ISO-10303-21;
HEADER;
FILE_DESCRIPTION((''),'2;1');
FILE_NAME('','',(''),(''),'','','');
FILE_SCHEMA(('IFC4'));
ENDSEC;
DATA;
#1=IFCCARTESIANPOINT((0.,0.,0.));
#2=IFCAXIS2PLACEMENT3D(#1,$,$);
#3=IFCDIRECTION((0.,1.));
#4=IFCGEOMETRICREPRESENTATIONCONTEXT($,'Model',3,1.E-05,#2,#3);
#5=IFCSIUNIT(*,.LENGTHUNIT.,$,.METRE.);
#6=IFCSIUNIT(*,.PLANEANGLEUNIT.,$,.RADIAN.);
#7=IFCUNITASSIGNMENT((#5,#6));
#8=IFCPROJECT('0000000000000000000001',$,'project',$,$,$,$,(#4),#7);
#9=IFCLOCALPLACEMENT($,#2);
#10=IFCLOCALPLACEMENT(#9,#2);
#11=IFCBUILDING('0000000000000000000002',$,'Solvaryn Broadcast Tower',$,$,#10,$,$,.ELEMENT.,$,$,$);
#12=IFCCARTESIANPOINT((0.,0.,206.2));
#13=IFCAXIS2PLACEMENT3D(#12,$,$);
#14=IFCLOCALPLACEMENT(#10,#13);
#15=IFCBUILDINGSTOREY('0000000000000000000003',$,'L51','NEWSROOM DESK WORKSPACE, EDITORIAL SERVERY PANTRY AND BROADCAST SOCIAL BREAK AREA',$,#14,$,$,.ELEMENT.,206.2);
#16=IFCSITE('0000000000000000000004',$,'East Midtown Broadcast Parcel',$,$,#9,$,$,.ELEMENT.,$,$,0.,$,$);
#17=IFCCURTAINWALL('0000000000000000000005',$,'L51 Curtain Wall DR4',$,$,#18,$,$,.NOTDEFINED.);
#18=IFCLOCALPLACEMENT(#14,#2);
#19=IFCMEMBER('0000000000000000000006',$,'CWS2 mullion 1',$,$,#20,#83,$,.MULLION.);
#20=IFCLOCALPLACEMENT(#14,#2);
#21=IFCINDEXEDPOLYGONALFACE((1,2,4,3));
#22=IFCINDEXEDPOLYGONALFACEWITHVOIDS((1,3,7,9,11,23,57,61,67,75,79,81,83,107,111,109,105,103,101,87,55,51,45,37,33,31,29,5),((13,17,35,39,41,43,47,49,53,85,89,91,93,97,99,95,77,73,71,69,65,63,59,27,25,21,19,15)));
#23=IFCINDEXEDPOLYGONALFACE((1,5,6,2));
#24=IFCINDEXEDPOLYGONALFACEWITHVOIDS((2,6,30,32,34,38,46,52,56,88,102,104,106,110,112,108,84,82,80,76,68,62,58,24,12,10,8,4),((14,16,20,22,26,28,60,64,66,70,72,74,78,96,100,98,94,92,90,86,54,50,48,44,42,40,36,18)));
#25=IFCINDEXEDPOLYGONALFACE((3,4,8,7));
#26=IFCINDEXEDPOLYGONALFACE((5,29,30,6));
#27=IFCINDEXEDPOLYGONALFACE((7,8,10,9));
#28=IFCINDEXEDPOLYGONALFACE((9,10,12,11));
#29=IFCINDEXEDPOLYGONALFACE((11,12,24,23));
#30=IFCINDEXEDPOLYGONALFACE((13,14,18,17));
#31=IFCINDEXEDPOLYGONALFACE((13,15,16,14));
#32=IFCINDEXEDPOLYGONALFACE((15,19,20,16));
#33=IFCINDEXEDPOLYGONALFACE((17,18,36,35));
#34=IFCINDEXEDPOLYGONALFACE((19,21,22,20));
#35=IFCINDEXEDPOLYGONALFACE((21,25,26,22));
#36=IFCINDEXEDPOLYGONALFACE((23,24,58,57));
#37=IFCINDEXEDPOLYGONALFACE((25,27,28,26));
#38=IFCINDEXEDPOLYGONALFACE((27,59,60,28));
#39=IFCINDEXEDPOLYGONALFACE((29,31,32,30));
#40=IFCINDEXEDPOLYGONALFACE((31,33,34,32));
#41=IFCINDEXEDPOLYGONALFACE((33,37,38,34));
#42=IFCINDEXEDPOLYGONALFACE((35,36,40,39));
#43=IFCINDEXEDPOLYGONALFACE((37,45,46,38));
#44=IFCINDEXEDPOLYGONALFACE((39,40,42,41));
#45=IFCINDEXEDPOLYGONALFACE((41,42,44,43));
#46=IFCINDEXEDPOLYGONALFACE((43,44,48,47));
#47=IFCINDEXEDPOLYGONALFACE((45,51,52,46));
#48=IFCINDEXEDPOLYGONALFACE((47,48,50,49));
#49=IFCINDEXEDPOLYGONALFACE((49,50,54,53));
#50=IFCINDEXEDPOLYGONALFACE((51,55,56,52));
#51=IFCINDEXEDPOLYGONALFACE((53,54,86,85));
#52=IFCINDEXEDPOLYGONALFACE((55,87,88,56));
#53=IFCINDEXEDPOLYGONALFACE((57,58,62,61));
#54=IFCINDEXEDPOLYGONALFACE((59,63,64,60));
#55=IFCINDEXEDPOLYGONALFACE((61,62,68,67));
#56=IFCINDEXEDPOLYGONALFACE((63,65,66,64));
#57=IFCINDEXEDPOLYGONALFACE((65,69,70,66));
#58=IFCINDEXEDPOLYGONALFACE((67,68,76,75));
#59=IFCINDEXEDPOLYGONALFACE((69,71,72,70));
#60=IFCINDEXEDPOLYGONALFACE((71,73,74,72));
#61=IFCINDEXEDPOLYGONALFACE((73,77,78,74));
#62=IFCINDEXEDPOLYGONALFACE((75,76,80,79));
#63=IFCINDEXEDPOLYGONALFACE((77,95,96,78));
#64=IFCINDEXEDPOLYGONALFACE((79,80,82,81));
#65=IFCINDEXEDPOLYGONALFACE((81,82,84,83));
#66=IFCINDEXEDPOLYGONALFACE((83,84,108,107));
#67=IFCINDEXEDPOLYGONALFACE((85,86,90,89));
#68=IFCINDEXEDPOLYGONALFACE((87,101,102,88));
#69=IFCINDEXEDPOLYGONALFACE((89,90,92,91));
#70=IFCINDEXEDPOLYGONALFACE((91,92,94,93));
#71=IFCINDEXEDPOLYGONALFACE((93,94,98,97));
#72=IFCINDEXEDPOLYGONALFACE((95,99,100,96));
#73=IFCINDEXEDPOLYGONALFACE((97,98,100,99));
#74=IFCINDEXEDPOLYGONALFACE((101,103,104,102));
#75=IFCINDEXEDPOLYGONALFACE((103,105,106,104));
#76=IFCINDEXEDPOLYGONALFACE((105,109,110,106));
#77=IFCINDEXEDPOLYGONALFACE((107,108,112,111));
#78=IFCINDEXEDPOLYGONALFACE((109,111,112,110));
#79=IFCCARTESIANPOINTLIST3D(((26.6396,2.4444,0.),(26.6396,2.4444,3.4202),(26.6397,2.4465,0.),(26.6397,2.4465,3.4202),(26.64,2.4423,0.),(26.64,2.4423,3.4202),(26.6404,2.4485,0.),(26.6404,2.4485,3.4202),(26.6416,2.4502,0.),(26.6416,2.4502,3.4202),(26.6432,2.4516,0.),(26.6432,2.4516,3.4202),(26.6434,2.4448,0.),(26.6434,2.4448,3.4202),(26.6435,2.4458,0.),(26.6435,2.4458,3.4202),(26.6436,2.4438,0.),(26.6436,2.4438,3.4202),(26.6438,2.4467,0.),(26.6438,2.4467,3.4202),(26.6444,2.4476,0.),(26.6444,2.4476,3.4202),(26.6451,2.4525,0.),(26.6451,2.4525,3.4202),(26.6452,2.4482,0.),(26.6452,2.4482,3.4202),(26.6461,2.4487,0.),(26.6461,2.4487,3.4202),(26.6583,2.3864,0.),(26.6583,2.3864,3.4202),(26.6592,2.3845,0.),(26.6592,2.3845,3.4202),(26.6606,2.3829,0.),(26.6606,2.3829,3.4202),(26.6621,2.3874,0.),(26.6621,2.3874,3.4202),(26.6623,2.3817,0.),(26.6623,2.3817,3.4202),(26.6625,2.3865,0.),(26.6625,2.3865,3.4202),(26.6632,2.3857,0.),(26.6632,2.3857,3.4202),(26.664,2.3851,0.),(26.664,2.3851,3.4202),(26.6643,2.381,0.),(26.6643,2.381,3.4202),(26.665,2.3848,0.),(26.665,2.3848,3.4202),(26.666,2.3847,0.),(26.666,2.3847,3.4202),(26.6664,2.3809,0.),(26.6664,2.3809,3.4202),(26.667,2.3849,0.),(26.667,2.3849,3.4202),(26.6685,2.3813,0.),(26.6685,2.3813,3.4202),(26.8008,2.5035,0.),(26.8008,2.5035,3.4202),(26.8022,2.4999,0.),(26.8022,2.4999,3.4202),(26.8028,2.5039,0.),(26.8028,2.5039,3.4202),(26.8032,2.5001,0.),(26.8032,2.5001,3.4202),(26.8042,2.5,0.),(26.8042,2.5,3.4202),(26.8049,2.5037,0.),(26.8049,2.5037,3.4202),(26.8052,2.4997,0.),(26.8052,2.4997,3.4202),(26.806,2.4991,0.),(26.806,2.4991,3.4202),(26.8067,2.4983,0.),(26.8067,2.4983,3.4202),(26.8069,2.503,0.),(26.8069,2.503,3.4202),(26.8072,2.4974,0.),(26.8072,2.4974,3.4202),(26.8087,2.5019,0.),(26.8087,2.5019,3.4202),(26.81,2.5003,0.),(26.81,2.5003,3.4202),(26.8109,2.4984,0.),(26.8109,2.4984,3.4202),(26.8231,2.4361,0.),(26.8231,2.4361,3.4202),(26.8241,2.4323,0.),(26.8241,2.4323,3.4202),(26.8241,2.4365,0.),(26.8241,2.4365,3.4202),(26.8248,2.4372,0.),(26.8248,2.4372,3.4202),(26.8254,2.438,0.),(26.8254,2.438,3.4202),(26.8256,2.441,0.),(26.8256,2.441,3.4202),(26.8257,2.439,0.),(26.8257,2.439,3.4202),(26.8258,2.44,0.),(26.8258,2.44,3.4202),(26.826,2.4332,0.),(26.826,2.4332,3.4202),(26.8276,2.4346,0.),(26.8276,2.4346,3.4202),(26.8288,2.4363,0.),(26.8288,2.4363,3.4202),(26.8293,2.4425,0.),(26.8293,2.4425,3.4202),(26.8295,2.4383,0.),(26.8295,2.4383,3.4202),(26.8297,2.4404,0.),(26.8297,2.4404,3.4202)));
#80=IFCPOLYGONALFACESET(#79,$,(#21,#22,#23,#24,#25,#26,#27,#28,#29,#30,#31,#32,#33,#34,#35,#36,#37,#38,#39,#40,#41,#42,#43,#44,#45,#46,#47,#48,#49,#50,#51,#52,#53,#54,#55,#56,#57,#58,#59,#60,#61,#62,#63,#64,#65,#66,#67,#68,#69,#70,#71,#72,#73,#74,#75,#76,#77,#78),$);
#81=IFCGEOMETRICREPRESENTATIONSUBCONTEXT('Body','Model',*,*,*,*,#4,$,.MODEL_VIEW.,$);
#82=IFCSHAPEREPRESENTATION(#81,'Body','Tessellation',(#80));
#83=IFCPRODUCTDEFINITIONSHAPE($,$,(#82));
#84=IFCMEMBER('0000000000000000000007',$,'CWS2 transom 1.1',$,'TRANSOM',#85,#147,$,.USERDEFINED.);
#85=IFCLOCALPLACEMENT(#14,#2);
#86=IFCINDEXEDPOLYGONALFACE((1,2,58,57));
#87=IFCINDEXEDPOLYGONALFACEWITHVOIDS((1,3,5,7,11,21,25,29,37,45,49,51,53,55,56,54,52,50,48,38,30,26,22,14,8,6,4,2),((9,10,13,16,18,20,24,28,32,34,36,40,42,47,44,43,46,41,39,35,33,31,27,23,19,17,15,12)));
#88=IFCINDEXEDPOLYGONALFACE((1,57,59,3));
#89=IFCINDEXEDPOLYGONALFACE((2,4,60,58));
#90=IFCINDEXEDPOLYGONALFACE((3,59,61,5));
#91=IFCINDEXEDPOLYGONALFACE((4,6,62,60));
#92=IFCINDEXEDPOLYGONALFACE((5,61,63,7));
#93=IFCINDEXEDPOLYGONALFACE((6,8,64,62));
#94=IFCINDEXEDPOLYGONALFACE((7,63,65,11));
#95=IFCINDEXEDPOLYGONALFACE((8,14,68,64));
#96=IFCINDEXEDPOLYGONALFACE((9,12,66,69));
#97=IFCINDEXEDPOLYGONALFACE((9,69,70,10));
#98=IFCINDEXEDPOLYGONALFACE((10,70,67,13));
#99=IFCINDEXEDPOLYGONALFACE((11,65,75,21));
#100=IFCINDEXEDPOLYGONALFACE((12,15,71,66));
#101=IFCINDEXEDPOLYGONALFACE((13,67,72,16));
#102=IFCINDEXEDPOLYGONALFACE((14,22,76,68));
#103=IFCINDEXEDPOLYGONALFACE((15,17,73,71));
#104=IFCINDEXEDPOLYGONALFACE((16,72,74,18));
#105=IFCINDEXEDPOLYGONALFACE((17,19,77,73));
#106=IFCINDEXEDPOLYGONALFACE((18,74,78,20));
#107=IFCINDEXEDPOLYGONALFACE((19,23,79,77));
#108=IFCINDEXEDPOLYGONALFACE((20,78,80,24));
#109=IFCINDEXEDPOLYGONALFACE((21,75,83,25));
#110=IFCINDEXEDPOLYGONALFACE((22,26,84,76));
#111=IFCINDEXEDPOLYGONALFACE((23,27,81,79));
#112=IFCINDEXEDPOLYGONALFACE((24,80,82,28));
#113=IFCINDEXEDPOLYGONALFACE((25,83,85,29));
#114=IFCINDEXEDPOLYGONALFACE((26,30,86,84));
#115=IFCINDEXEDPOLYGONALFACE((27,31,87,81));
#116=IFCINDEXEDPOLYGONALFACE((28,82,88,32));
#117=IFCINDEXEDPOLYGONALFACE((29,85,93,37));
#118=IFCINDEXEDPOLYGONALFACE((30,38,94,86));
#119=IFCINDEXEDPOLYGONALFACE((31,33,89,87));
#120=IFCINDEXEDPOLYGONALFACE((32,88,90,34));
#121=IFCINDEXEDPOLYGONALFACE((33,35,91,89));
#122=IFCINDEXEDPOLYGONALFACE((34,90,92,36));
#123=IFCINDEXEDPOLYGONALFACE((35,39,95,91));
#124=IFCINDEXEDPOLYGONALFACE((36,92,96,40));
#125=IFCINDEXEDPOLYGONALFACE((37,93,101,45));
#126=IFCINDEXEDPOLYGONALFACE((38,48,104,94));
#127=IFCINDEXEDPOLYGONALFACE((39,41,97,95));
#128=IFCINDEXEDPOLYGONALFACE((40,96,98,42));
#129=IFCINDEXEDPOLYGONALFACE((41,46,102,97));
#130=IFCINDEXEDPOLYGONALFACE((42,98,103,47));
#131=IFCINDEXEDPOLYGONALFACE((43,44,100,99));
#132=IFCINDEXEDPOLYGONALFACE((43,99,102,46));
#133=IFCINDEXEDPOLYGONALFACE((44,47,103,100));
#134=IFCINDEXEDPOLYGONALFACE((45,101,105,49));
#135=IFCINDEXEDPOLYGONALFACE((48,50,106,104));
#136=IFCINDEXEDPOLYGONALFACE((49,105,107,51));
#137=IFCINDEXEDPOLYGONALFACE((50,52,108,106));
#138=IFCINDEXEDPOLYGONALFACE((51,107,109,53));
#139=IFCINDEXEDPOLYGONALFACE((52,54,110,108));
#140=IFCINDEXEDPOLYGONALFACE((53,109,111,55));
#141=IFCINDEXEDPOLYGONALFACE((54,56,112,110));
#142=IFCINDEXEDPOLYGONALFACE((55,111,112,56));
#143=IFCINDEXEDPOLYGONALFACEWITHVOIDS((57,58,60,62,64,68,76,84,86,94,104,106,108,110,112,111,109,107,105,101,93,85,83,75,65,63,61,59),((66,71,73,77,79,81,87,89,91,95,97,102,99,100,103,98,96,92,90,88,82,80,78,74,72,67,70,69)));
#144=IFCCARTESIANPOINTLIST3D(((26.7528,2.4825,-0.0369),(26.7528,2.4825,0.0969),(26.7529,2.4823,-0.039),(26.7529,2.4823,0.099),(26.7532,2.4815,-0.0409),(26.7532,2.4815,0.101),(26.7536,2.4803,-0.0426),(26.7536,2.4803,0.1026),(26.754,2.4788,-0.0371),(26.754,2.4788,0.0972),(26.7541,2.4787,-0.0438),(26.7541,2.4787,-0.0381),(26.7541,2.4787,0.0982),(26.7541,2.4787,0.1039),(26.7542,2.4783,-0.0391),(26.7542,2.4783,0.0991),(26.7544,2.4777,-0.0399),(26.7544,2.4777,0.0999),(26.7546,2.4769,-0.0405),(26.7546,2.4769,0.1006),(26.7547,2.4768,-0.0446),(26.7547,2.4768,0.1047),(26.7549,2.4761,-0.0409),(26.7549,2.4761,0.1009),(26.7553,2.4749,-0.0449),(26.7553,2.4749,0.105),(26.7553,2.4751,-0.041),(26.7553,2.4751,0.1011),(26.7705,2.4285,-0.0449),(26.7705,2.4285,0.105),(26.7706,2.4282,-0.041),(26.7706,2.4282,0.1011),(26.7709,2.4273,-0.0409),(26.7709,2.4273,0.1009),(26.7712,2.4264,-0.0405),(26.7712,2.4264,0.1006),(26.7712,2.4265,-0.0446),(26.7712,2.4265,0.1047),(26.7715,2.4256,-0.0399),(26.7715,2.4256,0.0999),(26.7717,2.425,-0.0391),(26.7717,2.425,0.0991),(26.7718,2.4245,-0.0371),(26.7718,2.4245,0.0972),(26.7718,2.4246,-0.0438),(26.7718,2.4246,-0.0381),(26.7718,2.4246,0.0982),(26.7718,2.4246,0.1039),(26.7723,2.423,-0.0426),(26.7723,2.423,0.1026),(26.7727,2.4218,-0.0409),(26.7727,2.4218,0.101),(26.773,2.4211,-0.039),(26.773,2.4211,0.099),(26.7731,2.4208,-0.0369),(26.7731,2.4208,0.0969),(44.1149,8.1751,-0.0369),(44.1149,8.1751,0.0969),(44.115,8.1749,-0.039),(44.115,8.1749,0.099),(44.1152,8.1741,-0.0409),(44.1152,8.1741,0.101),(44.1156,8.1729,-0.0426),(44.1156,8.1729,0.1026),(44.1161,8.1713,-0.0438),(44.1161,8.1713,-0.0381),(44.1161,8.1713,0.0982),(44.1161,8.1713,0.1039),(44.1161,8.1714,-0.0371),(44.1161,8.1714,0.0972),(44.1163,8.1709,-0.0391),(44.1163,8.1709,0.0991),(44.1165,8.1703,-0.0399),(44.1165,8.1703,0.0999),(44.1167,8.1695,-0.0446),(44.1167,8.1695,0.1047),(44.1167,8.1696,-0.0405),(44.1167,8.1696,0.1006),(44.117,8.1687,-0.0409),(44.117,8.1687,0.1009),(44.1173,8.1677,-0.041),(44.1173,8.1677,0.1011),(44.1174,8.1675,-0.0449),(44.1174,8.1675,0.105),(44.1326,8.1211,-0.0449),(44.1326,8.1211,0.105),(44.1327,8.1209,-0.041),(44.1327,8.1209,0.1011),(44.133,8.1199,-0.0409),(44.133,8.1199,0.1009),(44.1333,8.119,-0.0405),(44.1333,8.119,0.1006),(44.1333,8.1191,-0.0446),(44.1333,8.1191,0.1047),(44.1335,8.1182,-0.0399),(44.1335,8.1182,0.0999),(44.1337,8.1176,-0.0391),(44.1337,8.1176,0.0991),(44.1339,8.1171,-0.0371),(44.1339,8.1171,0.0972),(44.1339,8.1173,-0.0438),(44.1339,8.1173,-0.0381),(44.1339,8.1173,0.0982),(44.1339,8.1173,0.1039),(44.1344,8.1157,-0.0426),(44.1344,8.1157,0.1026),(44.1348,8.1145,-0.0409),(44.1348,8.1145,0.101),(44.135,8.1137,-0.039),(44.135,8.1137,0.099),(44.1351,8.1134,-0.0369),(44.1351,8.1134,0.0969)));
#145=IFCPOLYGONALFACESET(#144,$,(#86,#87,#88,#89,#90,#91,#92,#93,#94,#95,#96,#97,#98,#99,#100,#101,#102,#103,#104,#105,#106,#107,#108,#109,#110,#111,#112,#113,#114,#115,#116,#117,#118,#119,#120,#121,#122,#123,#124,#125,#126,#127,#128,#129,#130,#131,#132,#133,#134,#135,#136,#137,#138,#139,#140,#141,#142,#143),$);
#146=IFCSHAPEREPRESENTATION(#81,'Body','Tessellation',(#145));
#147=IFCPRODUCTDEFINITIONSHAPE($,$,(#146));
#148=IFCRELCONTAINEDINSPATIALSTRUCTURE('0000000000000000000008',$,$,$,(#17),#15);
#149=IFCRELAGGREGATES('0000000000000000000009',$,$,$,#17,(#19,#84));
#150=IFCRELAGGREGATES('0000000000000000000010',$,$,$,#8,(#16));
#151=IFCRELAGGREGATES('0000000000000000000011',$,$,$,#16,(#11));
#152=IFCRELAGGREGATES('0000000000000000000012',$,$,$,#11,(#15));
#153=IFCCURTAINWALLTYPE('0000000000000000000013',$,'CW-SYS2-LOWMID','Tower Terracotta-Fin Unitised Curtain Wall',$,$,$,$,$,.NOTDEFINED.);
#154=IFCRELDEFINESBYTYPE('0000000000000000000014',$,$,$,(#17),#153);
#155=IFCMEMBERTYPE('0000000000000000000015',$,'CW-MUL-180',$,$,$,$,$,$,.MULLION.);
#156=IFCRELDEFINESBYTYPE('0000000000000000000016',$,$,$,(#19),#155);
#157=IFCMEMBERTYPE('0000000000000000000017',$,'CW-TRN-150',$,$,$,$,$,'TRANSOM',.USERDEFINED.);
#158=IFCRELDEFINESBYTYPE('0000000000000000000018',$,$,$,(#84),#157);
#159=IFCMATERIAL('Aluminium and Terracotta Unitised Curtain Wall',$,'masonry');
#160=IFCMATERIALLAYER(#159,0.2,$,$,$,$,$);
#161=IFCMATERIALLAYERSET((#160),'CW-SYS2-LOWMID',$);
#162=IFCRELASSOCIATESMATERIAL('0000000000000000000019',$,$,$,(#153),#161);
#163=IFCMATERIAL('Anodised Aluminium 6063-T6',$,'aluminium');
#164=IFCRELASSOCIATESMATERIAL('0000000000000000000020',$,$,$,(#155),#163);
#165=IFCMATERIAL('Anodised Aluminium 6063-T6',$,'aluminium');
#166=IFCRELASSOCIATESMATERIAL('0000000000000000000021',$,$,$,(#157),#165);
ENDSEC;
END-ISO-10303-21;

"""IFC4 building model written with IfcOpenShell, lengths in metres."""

from ifc_helpers import new_model, si_unit, direction, frame, origin, origin_2d, place, context, subcontext, project, spatial, hollow_rectangle, extrude, material, layer, layer_set, material_profile, profile_set, type_object, element, aggregate, save


model = new_model("IFC4")

# Units and contexts
model_context = context("Model", 3, precision=1e-05, world=origin(), true_north=direction((0.0, 1.0)))
body_context = subcontext(model_context, "Body", "Model", "MODEL_VIEW")
ifc_project = project(units=[si_unit("LENGTHUNIT", "METRE"), si_unit("PLANEANGLEUNIT", "RADIAN")], contexts=[model_context])

# Site, building, storey
site_placement = place(None, origin())
site = spatial("IfcSite", under=ifc_project, at=site_placement, Name="East Midtown Broadcast Parcel", CompositionType="ELEMENT", RefElevation=0.0)
building_placement = place(site_placement, origin())
building = spatial("IfcBuilding", under=site, at=building_placement, Name="Solvaryn Broadcast Tower", CompositionType="ELEMENT")
storey_placement = place(building_placement, frame((0.0, 0.0, 206.2)))
storey = spatial("IfcBuildingStorey", under=building, at=storey_placement, Name="L51", Description="NEWSROOM DESK WORKSPACE, EDITORIAL SERVERY PANTRY AND BROADCAST SOCIAL BREAK AREA", CompositionType="ELEMENT", Elevation=206.2)

# Shared definitions
ifc_material_1 = material(Name="Aluminium and Terracotta Unitised Curtain Wall", Category="masonry")
ifc_layer_1 = layer(ifc_material_1, 0.2)
ifc_layer_set_1 = layer_set([ifc_layer_1], Name="CW-SYS2-LOWMID")
curtain_wall_type = type_object("IfcCurtainWallType", Name="CW-SYS2-LOWMID", Description="Tower Terracotta-Fin Unitised Curtain Wall", PredefinedType="NOTDEFINED", material=ifc_layer_set_1)
ifc_material_2 = material(Name="Anodised Aluminium 6063-T6", Category="aluminium")
ifc_material_profile_1 = material_profile(ifc_material_2, hollow_rectangle(XDim=0.075, YDim=0.1799, WallThickness=0.0039, InnerFilletRadius=0.0039, OuterFilletRadius=0.0081, at=origin_2d()))
ifc_profile_set_1 = profile_set([ifc_material_profile_1], Name="Anodised Aluminium 6063-T6")
member_type_1 = type_object("IfcMemberType", Name="CW-MUL-180", PredefinedType="MULLION", material=ifc_profile_set_1)

# Curtain wall, members
curtain_wall_1_placement = place(storey_placement, origin())
curtain_wall_1 = element("IfcCurtainWall", 1, at=curtain_wall_1_placement, inside=storey, type_object=curtain_wall_type, Name="L51 Curtain Wall DR4", PredefinedType="NOTDEFINED")
member_1_placement = place(storey_placement, frame((26.7346, 2.4424, 0.0), z_axis=(0.0, 0.0, 1.0), x_axis=(-0.311559, 0.950227, 0.0)))
member_1 = element("IfcMember", 2, at=member_1_placement, type_object=member_type_1, Name="CWS2 mullion 1", PredefinedType="MULLION", context=body_context, shape_type="SweptSolid", body=[
    extrude(hollow_rectangle(XDim=0.075, YDim=0.1799, WallThickness=0.0039, InnerFilletRadius=0.0039, OuterFilletRadius=0.0081, at=origin_2d()), origin(), (0.0, 0.0, 1.0), 3.4202),
])
ifc_material_3 = material(Name="Anodised Aluminium 6063-T6", Category="aluminium")
ifc_material_profile_2 = material_profile(ifc_material_3, hollow_rectangle(XDim=0.0649, YDim=0.1499, WallThickness=0.0039, InnerFilletRadius=0.0039, OuterFilletRadius=0.0081, at=origin_2d()))
ifc_profile_set_2 = profile_set([ifc_material_profile_2], Name="Anodised Aluminium 6063-T6")
member_type_2 = type_object("IfcMemberType", Name="CW-TRN-150", ElementType="TRANSOM", PredefinedType="USERDEFINED", material=ifc_profile_set_2)
member_2_placement = place(storey_placement, frame((26.7629, 2.4517, 0.03), z_axis=(0.950227, 0.311558, 0.0), x_axis=(-0.311558, 0.950227, 0.0)))
member_2 = element("IfcMember", 3, at=member_2_placement, type_object=member_type_2, Name="CWS2 transom 1.1", ObjectType="TRANSOM", PredefinedType="USERDEFINED", context=body_context, shape_type="SweptSolid", body=[
    extrude(hollow_rectangle(XDim=0.0649, YDim=0.1499, WallThickness=0.0039, InnerFilletRadius=0.0039, OuterFilletRadius=0.0081, at=origin_2d()), origin(), (0.0, 0.0, 1.0), 18.2715),
])
aggregate(curtain_wall_1, [member_1, member_2])

save(model, "model.ifc")
